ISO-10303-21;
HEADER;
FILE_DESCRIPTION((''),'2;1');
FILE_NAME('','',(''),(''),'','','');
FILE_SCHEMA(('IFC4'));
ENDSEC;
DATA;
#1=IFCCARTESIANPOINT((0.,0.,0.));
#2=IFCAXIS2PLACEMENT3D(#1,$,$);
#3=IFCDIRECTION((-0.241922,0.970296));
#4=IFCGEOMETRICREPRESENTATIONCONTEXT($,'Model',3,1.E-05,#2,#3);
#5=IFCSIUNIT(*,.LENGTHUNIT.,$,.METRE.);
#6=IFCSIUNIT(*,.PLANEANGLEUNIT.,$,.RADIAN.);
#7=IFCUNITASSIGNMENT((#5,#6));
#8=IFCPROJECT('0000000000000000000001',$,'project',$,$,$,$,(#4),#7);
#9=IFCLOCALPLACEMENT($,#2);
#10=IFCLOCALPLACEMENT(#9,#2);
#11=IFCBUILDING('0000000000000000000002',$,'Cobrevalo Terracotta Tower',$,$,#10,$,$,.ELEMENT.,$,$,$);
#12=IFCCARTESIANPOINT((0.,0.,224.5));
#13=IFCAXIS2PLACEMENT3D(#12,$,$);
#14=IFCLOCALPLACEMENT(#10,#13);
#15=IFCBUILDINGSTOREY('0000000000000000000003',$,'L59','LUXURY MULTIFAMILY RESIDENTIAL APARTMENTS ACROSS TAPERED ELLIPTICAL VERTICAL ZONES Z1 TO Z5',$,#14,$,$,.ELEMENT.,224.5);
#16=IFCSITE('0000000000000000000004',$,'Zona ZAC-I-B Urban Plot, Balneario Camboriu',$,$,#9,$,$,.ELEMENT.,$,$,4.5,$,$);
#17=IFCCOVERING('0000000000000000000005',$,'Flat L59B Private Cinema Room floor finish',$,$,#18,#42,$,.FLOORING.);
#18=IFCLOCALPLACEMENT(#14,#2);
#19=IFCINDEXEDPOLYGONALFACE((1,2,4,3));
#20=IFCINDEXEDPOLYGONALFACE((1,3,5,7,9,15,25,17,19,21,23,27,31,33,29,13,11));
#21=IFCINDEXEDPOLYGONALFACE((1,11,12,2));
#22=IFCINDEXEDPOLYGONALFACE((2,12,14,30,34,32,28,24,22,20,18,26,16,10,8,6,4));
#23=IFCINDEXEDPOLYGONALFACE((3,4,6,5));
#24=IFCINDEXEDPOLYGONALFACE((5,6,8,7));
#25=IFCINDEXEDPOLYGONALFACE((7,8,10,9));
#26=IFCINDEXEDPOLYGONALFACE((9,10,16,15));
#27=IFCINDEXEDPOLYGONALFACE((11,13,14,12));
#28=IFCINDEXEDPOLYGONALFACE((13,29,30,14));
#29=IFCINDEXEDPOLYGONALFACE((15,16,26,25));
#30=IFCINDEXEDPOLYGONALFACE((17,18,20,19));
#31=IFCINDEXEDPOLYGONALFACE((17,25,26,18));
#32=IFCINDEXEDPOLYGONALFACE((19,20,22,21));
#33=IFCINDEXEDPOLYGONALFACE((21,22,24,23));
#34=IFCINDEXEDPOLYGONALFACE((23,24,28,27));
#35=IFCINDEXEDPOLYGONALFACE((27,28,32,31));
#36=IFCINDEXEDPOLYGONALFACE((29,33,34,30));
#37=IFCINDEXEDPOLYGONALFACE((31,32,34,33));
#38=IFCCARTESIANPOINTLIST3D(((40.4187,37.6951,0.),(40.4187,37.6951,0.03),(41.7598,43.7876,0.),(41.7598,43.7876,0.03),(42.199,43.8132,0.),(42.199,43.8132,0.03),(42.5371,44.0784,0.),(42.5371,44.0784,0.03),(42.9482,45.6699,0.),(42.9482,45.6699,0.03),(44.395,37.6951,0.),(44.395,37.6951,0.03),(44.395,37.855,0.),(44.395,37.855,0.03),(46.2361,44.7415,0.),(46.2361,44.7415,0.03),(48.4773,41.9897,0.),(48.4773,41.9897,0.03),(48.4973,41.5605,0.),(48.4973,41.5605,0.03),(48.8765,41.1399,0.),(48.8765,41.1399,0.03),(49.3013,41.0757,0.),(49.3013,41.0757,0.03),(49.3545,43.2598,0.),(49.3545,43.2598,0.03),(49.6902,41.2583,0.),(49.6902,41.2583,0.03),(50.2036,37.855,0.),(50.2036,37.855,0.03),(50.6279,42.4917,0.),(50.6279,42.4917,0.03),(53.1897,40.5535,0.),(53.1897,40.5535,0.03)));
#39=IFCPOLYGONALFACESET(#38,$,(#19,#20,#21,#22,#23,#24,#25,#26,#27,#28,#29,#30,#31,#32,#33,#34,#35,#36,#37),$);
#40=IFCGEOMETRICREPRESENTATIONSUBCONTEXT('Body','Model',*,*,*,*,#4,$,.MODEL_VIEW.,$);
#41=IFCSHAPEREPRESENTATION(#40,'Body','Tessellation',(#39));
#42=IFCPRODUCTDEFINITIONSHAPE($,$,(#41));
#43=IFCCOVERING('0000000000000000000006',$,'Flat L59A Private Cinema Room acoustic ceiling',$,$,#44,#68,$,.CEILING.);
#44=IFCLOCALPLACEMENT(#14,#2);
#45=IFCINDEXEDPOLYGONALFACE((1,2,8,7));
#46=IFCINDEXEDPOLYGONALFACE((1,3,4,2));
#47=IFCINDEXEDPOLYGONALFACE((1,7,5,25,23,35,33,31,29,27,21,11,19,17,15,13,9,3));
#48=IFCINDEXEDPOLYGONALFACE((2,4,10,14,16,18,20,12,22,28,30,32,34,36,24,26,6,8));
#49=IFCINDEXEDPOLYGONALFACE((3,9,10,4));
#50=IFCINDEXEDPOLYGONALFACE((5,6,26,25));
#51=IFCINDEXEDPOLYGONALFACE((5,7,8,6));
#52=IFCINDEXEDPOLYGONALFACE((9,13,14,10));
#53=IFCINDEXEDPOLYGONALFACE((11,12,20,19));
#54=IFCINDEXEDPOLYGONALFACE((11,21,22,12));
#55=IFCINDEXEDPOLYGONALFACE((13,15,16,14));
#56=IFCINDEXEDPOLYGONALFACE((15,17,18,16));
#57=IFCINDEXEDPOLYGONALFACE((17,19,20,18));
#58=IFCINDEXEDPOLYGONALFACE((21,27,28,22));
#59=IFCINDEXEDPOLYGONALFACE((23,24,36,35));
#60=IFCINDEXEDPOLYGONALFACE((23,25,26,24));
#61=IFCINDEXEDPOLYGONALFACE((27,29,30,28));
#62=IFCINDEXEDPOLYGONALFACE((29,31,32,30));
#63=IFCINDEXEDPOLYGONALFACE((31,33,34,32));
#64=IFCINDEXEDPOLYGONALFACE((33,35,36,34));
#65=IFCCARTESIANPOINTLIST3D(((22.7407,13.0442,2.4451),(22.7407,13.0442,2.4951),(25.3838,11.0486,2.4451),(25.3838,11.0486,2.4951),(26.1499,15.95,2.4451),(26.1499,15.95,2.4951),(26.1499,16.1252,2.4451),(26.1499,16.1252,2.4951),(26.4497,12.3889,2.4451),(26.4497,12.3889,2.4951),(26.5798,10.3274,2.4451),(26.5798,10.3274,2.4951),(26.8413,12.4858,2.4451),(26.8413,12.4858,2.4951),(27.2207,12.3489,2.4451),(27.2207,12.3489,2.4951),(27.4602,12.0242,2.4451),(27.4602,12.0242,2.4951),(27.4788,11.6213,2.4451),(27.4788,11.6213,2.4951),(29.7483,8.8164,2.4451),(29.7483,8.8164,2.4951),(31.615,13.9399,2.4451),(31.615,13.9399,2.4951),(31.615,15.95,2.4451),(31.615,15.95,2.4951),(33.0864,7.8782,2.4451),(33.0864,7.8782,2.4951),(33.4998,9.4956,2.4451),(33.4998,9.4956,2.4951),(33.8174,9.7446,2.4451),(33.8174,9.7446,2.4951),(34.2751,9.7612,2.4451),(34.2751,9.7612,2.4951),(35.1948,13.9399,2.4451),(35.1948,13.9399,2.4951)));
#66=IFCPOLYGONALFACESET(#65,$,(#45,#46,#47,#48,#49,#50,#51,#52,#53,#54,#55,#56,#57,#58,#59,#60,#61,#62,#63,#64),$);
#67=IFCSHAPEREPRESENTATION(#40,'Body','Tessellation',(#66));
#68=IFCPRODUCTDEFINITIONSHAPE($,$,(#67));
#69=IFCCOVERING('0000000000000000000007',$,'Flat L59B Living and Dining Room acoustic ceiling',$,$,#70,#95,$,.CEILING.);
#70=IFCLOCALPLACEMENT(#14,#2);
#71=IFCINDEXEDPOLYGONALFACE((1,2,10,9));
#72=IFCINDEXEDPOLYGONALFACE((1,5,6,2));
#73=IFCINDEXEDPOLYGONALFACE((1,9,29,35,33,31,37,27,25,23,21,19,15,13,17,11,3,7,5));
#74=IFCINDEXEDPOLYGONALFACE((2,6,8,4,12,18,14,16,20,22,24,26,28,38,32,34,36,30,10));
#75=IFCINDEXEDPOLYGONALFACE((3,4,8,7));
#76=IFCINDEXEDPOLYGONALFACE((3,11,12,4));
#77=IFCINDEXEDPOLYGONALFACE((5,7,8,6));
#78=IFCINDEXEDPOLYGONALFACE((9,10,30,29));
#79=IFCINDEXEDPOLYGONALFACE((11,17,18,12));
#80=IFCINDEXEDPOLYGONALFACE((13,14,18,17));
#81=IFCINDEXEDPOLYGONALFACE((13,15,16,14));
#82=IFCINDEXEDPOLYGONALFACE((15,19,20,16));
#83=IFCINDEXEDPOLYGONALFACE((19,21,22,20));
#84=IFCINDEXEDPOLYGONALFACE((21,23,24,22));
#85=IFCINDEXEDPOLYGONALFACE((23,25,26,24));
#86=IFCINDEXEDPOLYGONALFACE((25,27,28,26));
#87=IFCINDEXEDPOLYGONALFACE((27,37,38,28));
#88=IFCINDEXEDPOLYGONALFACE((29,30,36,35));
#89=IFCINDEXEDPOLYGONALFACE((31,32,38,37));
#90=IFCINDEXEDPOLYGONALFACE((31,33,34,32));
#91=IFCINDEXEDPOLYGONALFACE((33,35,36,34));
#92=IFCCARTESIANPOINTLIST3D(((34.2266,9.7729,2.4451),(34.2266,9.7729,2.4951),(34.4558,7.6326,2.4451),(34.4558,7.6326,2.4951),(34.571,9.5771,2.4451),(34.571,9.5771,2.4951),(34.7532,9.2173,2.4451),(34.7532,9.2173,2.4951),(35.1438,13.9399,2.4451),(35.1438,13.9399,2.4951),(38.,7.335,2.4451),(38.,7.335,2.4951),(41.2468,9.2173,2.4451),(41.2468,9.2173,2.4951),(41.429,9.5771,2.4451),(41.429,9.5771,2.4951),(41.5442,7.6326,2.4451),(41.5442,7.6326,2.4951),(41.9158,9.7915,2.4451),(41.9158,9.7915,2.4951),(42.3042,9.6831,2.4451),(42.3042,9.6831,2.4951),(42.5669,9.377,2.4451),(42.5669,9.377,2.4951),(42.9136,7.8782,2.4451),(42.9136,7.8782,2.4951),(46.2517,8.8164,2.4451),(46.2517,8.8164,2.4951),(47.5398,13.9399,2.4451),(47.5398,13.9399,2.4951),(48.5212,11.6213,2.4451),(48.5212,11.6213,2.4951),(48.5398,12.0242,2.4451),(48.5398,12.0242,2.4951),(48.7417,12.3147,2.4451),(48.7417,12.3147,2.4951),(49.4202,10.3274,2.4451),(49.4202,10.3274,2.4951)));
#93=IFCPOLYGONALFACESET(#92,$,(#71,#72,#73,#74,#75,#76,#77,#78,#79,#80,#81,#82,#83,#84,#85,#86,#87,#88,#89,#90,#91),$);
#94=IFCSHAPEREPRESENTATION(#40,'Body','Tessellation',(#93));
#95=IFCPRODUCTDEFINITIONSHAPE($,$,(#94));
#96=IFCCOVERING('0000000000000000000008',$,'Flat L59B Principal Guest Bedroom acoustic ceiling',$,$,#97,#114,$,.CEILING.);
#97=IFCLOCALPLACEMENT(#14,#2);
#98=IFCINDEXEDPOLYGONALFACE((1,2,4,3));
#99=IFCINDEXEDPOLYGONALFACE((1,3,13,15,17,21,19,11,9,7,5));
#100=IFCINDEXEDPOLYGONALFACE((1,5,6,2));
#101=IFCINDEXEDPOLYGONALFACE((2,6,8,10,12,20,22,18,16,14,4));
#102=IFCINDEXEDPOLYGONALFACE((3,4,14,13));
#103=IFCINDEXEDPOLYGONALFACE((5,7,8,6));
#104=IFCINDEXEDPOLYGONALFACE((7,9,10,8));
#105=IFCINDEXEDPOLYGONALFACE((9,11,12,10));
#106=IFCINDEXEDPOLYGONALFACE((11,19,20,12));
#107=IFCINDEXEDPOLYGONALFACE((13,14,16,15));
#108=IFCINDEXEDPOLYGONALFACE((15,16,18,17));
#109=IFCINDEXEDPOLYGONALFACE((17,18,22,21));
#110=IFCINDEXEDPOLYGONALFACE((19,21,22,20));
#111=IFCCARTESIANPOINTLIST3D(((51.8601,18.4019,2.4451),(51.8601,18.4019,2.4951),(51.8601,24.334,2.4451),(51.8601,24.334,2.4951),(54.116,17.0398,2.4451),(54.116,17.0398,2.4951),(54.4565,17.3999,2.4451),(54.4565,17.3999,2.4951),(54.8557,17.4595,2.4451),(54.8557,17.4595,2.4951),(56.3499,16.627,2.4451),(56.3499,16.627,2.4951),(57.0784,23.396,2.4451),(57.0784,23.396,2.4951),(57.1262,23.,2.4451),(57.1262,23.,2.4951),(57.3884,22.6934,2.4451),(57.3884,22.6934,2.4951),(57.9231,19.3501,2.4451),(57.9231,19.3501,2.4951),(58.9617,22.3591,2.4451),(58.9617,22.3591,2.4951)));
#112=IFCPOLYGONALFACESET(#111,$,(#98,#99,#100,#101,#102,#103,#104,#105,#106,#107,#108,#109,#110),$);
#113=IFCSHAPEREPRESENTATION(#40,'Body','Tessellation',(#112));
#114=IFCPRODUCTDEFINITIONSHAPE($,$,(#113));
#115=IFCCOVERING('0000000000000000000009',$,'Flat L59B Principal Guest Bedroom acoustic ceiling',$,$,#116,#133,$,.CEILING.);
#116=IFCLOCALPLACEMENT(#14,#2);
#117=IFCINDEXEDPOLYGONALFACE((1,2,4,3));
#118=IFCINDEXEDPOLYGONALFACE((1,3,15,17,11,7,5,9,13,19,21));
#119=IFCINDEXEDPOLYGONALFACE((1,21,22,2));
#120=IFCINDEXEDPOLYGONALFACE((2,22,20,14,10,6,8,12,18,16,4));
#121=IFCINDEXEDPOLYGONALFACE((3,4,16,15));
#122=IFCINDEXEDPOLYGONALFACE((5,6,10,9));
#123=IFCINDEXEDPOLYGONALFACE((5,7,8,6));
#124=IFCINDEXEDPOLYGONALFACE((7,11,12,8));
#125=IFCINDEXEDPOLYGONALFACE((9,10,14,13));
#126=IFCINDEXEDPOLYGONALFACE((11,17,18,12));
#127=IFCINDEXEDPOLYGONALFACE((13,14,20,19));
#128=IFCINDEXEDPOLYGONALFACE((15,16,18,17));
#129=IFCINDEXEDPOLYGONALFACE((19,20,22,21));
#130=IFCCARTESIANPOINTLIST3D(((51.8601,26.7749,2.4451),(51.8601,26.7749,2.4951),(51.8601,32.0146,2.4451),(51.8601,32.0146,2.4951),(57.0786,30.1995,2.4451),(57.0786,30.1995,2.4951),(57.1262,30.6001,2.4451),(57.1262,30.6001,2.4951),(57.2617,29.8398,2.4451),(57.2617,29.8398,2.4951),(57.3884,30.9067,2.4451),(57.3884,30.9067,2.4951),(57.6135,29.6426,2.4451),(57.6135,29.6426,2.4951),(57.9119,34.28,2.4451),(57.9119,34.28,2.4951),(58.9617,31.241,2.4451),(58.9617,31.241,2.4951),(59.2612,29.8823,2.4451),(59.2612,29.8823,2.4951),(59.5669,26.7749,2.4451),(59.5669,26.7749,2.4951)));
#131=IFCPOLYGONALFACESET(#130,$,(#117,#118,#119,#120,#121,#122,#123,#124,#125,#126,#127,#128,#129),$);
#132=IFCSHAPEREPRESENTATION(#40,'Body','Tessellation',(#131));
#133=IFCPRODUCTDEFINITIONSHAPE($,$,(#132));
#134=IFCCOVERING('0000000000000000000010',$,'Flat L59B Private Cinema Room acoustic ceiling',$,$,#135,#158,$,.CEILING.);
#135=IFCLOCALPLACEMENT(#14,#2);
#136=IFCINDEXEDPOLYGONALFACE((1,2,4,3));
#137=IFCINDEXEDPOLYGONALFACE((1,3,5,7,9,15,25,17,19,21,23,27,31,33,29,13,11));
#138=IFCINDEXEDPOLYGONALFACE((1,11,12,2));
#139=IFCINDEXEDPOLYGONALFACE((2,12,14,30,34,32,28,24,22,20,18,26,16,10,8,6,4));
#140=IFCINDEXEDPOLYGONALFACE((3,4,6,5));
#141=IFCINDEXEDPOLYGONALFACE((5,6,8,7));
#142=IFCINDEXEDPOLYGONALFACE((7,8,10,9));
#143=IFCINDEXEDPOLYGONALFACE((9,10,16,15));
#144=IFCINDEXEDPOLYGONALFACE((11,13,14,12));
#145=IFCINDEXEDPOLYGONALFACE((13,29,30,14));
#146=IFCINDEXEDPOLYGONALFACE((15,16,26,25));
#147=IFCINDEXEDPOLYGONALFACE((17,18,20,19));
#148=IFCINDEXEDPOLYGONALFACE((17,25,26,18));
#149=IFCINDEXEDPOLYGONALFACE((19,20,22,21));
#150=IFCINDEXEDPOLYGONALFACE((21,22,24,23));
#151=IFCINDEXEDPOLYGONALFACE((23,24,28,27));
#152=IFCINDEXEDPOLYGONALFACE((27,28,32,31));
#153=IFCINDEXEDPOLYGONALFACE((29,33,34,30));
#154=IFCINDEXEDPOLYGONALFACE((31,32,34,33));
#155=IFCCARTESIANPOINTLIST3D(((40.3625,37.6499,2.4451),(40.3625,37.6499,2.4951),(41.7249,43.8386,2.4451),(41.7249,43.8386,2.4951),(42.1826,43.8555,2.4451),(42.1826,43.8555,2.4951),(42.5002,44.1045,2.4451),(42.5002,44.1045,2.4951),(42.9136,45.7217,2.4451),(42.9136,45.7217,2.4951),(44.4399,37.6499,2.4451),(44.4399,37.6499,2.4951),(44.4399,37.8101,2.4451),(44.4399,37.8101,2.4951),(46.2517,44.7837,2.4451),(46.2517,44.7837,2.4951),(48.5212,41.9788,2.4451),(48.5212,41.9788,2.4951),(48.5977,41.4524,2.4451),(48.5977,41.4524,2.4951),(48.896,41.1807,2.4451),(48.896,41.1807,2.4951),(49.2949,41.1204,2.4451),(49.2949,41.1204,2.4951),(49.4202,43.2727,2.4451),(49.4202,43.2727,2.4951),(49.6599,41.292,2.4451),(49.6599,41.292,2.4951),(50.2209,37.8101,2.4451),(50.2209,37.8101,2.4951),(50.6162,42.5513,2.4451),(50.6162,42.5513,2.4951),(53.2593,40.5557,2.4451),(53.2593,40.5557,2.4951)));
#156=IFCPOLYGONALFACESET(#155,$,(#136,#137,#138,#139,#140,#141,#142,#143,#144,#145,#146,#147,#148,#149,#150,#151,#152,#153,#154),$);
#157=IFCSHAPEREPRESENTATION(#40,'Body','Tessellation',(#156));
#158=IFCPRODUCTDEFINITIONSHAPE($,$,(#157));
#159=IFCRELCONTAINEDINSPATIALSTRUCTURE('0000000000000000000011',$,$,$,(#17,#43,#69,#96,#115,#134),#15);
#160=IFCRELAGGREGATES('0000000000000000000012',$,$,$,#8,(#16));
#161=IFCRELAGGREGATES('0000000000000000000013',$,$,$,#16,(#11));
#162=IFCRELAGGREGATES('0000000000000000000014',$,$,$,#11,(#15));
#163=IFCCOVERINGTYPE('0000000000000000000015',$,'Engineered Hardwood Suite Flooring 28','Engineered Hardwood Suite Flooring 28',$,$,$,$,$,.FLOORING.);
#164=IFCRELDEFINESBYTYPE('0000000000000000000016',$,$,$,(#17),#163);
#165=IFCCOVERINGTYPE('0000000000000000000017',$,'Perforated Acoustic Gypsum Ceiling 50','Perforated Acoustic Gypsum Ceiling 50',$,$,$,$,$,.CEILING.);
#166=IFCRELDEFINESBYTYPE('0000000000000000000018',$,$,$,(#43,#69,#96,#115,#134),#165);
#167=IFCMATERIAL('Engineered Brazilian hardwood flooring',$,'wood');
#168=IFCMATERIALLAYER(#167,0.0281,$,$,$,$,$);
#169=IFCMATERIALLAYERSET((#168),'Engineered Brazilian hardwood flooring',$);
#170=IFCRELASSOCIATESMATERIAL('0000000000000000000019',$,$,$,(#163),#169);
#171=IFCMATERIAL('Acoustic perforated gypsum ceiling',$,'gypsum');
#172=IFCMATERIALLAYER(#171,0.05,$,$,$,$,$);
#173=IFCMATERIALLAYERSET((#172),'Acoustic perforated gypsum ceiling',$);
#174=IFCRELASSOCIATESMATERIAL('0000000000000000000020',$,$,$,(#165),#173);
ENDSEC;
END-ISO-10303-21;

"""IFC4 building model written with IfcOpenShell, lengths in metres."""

from ifc_helpers import new_model, si_unit, direction, frame, origin, place, context, subcontext, project, spatial, polyline, outline, extrude, material, layer, layer_set, type_object, element, save


model = new_model("IFC4")

# Units and contexts
model_context = context("Model", 3, precision=1e-05, world=origin(), true_north=direction((-0.241922, 0.970296)))
body_context = subcontext(model_context, "Body", "Model", "MODEL_VIEW")
ifc_project = project(units=[si_unit("LENGTHUNIT", "METRE"), si_unit("PLANEANGLEUNIT", "RADIAN")], contexts=[model_context])

# Site, building, storey
site_placement = place(None, origin())
site = spatial("IfcSite", under=ifc_project, at=site_placement, Name="Zona ZAC-I-B Urban Plot, Balneario Camboriu", CompositionType="ELEMENT", RefElevation=4.5)
building_placement = place(site_placement, origin())
building = spatial("IfcBuilding", under=site, at=building_placement, Name="Cobrevalo Terracotta Tower", CompositionType="ELEMENT")
storey_placement = place(building_placement, frame((0.0, 0.0, 224.5)))
storey = spatial("IfcBuildingStorey", under=building, at=storey_placement, Name="L59", Description="LUXURY MULTIFAMILY RESIDENTIAL APARTMENTS ACROSS TAPERED ELLIPTICAL VERTICAL ZONES Z1 TO Z5", CompositionType="ELEMENT", Elevation=224.5)

# Coverings
ifc_material_1 = material(Name="Engineered Brazilian hardwood flooring", Category="wood")
ifc_layer_1 = layer(ifc_material_1, 0.0281)
ifc_layer_set_1 = layer_set([ifc_layer_1], Name="Engineered Brazilian hardwood flooring")
covering_type_1 = type_object("IfcCoveringType", Name="Engineered Hardwood Suite Flooring 28", Description="Engineered Hardwood Suite Flooring 28", PredefinedType="FLOORING", material=ifc_layer_set_1)
covering_1_placement = place(storey_placement, origin())
element("IfcCovering", 1, at=covering_1_placement, inside=storey, type_object=covering_type_1, Name="Flat L59B Private Cinema Room floor finish", PredefinedType="FLOORING", context=body_context, shape_type="SweptSolid", body=[
    extrude(outline(polyline([(44.395, 37.6951), (40.4187, 37.6951), (41.7598, 43.7876), (42.199, 43.8132), (42.5371, 44.0784), (42.9482, 45.6699), (46.2361, 44.7415), (49.3545, 43.2598), (48.4773, 41.9897), (48.4973, 41.5605), (48.8765, 41.1399), (49.3013, 41.0757), (49.6902, 41.2583), (50.6279, 42.4917), (53.1897, 40.5535), (50.2036, 37.855), (44.395, 37.855), (44.395, 37.6951)])), origin(), (0.0, 0.0, 1.0), 0.03),
])
ifc_material_2 = material(Name="Acoustic perforated gypsum ceiling", Category="gypsum")
ifc_layer_2 = layer(ifc_material_2, 0.05)
ifc_layer_set_2 = layer_set([ifc_layer_2], Name="Acoustic perforated gypsum ceiling")
covering_type_2 = type_object("IfcCoveringType", Name="Perforated Acoustic Gypsum Ceiling 50", Description="Perforated Acoustic Gypsum Ceiling 50", PredefinedType="CEILING", material=ifc_layer_set_2)
covering_2_placement = place(storey_placement, frame((0.0, 0.0, 2.4451)))
element("IfcCovering", 2, at=covering_2_placement, inside=storey, type_object=covering_type_2, Name="Flat L59A Private Cinema Room acoustic ceiling", PredefinedType="CEILING", context=body_context, shape_type="SweptSolid", body=[
    extrude(outline(polyline([(26.5798, 10.3274), (27.4788, 11.6213), (27.4602, 12.0242), (27.2207, 12.3489), (26.8413, 12.4858), (26.4497, 12.3889), (25.3838, 11.0486), (22.7407, 13.0442), (26.1499, 16.1252), (26.1499, 15.95), (31.615, 15.95), (31.615, 13.9399), (35.1948, 13.9399), (34.2751, 9.7612), (33.8174, 9.7446), (33.4998, 9.4956), (33.0864, 7.8782), (29.7483, 8.8164), (26.5798, 10.3274)])), origin(), (0.0, 0.0, 1.0), 0.05),
])
covering_3_placement = place(storey_placement, frame((0.0, 0.0, 2.4451)))
element("IfcCovering", 3, at=covering_3_placement, inside=storey, type_object=covering_type_2, Name="Flat L59B Living and Dining Room acoustic ceiling", PredefinedType="CEILING", context=body_context, shape_type="SweptSolid", body=[
    extrude(outline(polyline([(46.2517, 8.8164), (42.9136, 7.8782), (42.5669, 9.377), (42.3042, 9.6831), (41.9158, 9.7915), (41.429, 9.5771), (41.2468, 9.2173), (41.5442, 7.6326), (38.0, 7.335), (34.4558, 7.6326), (34.7532, 9.2173), (34.571, 9.5771), (34.2266, 9.7729), (35.1438, 13.9399), (47.5398, 13.9399), (48.7417, 12.3147), (48.5398, 12.0242), (48.5212, 11.6213), (49.4202, 10.3274), (46.2517, 8.8164)])), origin(), (0.0, 0.0, 1.0), 0.05),
])
covering_4_placement = place(storey_placement, frame((0.0, 0.0, 2.4451)))
element("IfcCovering", 4, at=covering_4_placement, inside=storey, type_object=covering_type_2, Name="Flat L59B Principal Guest Bedroom acoustic ceiling", PredefinedType="CEILING", context=body_context, shape_type="SweptSolid", body=[
    extrude(outline(polyline([(56.3499, 16.627), (54.8557, 17.4595), (54.4565, 17.3999), (54.116, 17.0398), (51.8601, 18.4019), (51.8601, 24.334), (57.0784, 23.396), (57.1262, 23.0), (57.3884, 22.6934), (58.9617, 22.3591), (57.9231, 19.3501), (56.3499, 16.627)])), origin(), (0.0, 0.0, 1.0), 0.05),
])
covering_5_placement = place(storey_placement, frame((0.0, 0.0, 2.4451)))
element("IfcCovering", 5, at=covering_5_placement, inside=storey, type_object=covering_type_2, Name="Flat L59B Principal Guest Bedroom acoustic ceiling", PredefinedType="CEILING", context=body_context, shape_type="SweptSolid", body=[
    extrude(outline(polyline([(57.9119, 34.28), (58.9617, 31.241), (57.3884, 30.9067), (57.1262, 30.6001), (57.0786, 30.1995), (57.2617, 29.8398), (57.6135, 29.6426), (59.2612, 29.8823), (59.5669, 26.7749), (51.8601, 26.7749), (51.8601, 32.0146), (57.9119, 34.28)])), origin(), (0.0, 0.0, 1.0), 0.05),
])
covering_6_placement = place(storey_placement, frame((0.0, 0.0, 2.4451)))
element("IfcCovering", 6, at=covering_6_placement, inside=storey, type_object=covering_type_2, Name="Flat L59B Private Cinema Room acoustic ceiling", PredefinedType="CEILING", context=body_context, shape_type="SweptSolid", body=[
    extrude(outline(polyline([(44.4399, 37.6499), (40.3625, 37.6499), (41.7249, 43.8386), (42.1826, 43.8555), (42.5002, 44.1045), (42.9136, 45.7217), (46.2517, 44.7837), (49.4202, 43.2727), (48.5212, 41.9788), (48.5977, 41.4524), (48.896, 41.1807), (49.2949, 41.1204), (49.6599, 41.292), (50.6162, 42.5513), (53.2593, 40.5557), (50.2209, 37.8101), (44.4399, 37.8101), (44.4399, 37.6499)])), origin(), (0.0, 0.0, 1.0), 0.05),
])

save(model, "model.ifc")
